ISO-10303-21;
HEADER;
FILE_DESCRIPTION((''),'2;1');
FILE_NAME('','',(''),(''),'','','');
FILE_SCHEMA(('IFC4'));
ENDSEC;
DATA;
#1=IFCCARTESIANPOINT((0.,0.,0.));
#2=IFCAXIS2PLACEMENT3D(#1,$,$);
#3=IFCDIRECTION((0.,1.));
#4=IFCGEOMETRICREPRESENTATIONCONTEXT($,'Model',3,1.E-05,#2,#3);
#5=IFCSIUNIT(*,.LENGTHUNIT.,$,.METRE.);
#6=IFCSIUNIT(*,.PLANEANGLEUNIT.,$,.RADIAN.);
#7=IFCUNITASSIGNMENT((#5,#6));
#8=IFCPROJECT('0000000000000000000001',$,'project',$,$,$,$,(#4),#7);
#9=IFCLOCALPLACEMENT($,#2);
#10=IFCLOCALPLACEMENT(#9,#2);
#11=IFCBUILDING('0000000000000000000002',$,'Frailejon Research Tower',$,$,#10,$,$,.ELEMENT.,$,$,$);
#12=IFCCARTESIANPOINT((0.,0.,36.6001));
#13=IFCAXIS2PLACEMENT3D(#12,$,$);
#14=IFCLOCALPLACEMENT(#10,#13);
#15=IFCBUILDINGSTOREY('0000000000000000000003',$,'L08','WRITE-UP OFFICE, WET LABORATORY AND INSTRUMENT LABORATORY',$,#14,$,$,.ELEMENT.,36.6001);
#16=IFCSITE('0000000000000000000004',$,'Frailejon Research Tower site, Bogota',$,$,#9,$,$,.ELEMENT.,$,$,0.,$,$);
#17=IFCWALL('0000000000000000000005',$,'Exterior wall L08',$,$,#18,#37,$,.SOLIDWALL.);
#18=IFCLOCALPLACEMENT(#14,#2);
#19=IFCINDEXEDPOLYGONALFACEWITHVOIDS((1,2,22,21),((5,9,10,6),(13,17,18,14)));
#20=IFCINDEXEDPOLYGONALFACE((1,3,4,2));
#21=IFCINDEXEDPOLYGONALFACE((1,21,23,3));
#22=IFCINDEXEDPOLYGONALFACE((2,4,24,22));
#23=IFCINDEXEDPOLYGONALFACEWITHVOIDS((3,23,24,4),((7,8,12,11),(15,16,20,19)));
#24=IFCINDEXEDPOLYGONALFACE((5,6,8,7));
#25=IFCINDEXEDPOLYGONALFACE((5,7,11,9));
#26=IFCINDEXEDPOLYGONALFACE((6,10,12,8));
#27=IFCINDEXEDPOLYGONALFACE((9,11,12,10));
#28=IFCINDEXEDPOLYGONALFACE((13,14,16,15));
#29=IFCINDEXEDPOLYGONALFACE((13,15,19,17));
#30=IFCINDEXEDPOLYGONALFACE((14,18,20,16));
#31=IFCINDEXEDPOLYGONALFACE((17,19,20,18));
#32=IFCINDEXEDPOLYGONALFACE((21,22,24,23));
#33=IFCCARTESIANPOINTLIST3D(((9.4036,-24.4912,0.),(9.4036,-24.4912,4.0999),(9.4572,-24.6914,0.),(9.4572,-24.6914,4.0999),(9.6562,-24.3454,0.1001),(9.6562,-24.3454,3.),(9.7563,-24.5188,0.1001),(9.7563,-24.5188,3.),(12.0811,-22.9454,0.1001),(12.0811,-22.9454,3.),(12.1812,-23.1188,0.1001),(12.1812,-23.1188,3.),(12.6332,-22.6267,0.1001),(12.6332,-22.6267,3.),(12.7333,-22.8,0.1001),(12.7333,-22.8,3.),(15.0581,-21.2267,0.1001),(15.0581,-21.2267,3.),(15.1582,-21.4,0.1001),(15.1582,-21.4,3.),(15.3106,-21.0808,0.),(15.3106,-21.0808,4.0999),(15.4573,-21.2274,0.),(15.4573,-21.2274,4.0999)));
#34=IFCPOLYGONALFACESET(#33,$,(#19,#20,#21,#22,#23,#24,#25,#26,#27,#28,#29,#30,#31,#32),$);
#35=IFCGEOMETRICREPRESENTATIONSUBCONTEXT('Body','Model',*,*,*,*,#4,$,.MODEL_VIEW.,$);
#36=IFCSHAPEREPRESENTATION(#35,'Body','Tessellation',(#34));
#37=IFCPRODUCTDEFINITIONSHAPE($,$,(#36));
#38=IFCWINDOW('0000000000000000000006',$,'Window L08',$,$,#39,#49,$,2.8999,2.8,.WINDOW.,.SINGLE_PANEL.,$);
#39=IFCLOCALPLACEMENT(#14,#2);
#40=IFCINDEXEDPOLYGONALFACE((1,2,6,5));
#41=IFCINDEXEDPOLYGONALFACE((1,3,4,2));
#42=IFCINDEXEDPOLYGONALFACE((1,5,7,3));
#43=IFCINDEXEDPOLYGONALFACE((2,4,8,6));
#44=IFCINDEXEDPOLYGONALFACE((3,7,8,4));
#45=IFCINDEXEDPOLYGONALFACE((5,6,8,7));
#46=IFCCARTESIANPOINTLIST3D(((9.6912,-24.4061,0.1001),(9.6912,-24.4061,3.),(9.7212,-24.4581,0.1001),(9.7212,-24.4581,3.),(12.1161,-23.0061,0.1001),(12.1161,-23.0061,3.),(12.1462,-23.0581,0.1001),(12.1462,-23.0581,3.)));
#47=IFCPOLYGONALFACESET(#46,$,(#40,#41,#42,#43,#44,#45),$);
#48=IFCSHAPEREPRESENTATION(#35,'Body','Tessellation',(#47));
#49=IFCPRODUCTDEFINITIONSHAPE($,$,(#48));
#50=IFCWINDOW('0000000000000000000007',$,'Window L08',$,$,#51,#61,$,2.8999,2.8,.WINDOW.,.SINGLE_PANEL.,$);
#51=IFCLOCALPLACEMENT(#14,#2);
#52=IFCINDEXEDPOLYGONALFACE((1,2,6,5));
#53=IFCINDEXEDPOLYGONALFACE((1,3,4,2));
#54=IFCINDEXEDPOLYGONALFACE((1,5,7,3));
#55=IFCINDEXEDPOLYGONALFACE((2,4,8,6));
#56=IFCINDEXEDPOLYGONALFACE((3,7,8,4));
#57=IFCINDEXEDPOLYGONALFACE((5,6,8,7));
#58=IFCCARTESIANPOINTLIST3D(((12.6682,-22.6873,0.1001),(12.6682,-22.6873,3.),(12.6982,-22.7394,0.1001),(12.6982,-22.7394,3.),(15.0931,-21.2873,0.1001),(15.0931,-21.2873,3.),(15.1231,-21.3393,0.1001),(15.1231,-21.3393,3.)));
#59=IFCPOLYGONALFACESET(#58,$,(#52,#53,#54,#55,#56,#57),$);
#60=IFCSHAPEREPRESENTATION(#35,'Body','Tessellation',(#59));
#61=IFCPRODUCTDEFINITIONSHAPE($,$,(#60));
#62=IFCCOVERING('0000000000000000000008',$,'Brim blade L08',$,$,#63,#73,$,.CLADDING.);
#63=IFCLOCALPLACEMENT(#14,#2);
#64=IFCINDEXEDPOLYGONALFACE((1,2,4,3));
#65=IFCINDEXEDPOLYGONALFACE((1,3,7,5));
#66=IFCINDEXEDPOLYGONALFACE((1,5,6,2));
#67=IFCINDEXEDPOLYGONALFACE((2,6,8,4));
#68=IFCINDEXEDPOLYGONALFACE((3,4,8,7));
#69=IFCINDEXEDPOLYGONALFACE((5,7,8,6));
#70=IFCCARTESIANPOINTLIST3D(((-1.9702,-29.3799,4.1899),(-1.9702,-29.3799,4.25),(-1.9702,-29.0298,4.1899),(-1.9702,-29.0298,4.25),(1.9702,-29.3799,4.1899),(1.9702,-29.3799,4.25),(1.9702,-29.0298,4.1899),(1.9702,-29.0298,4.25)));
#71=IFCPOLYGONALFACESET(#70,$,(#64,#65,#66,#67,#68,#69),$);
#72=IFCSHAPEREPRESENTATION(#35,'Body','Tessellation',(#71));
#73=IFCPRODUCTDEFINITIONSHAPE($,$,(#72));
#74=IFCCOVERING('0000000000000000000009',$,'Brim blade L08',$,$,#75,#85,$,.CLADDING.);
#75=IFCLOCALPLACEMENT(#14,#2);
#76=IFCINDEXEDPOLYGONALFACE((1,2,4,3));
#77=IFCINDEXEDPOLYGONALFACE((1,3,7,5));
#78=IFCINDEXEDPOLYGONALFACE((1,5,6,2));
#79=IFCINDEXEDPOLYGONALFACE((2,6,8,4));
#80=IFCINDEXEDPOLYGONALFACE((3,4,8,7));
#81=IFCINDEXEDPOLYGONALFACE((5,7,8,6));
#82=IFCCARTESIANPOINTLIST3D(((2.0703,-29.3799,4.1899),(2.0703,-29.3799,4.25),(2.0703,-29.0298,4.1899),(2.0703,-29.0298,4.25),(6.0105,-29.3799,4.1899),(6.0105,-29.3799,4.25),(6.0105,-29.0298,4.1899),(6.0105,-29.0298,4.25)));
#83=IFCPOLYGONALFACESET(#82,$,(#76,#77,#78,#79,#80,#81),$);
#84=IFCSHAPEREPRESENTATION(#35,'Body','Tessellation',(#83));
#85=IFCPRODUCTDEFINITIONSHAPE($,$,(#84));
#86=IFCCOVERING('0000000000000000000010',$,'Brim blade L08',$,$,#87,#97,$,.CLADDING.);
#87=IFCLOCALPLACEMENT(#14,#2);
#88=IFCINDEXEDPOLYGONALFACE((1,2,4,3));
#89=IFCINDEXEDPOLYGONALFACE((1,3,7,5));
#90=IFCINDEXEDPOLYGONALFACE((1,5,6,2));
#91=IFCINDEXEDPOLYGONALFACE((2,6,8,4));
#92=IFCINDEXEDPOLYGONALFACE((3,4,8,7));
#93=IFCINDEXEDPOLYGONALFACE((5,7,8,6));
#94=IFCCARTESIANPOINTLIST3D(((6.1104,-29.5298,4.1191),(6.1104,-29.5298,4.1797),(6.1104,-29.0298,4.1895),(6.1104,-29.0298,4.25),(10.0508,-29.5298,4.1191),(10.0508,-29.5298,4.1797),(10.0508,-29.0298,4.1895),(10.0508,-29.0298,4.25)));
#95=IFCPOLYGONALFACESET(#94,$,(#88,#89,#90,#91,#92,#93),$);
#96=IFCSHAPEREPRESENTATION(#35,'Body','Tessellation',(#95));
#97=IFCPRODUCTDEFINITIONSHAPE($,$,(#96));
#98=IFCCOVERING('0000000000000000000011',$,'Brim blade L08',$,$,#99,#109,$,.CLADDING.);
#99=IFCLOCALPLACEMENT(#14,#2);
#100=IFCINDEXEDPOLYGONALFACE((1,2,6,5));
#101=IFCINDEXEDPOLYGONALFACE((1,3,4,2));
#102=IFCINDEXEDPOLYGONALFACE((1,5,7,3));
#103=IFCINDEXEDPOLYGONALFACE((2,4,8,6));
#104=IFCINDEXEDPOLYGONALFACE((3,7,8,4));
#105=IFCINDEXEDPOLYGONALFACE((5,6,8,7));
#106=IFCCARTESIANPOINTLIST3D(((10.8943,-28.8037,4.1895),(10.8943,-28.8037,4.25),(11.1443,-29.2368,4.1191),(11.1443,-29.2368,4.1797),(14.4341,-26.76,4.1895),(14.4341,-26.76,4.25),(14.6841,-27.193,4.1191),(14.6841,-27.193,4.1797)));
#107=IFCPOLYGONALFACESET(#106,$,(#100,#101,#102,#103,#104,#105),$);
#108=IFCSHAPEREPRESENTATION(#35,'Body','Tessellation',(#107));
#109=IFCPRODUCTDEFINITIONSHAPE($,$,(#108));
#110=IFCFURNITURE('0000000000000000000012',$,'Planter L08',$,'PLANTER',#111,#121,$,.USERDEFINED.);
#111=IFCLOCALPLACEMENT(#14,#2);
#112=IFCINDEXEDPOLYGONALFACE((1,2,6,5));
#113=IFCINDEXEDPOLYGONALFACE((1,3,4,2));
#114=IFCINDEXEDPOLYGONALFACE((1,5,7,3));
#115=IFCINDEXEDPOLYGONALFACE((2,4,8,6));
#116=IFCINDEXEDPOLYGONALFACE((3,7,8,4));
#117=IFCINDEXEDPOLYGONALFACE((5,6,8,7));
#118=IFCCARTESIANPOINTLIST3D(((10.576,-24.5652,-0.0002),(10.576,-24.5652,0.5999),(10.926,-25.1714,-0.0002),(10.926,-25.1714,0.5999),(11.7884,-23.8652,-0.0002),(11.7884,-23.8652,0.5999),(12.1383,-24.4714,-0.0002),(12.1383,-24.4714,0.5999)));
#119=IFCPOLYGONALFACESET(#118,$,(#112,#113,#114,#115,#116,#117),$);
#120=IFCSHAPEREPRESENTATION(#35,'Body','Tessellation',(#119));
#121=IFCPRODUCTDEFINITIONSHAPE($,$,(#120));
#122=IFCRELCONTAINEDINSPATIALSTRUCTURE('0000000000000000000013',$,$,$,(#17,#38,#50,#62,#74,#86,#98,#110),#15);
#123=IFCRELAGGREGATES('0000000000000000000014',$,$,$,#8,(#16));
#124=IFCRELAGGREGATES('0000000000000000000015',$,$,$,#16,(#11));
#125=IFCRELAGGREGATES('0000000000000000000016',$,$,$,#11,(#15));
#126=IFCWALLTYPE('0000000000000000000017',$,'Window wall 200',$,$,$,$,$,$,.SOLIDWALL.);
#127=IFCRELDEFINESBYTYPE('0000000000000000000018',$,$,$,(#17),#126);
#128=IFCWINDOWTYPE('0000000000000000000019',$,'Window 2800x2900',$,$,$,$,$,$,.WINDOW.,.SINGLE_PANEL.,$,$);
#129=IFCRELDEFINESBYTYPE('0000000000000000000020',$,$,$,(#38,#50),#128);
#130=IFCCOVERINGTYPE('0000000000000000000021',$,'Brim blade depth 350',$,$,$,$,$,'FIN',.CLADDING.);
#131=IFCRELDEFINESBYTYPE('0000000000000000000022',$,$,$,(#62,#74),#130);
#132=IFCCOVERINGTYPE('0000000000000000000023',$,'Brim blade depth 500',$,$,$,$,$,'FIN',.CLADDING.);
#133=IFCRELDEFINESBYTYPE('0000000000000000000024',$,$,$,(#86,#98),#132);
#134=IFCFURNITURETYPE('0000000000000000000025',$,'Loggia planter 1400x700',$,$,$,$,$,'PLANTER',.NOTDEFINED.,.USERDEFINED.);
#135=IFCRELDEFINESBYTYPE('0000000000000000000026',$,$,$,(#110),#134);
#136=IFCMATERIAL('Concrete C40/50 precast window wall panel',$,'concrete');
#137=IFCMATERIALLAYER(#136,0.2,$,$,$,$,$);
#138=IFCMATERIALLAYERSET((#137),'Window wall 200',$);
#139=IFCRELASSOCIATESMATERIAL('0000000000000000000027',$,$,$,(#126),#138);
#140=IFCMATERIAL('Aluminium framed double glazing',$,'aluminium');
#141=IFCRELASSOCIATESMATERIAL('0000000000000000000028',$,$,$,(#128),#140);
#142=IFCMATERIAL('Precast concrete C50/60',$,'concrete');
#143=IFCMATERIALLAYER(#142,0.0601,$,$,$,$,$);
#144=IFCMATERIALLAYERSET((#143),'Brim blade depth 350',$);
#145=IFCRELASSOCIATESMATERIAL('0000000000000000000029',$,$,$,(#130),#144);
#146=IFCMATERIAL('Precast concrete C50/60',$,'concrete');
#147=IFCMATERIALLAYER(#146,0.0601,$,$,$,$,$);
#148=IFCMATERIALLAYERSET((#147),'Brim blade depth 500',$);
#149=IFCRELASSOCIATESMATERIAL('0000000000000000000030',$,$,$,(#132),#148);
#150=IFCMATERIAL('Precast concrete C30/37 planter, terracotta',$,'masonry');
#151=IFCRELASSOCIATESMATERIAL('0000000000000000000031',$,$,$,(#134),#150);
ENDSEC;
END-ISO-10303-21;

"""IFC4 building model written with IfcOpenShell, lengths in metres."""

from ifc_helpers import new_model, si_unit, direction, frame, frame_2d, origin, origin_2d, place, context, subcontext, project, spatial, polyline, rectangle, outline, extrude, material, layer, layer_set, type_object, element, fill, save


model = new_model("IFC4")

# Units and contexts
model_context = context("Model", 3, precision=1e-05, world=origin(), true_north=direction((0.0, 1.0)))
body_context = subcontext(model_context, "Body", "Model", "MODEL_VIEW")
ifc_project = project(units=[si_unit("LENGTHUNIT", "METRE"), si_unit("PLANEANGLEUNIT", "RADIAN")], contexts=[model_context])

# Site, building, storey
site_placement = place(None, origin())
site = spatial("IfcSite", under=ifc_project, at=site_placement, Name="Frailejon Research Tower site, Bogota", CompositionType="ELEMENT", RefElevation=0.0)
building_placement = place(site_placement, origin())
building = spatial("IfcBuilding", under=site, at=building_placement, Name="Frailejon Research Tower", CompositionType="ELEMENT")
storey_placement = place(building_placement, frame((0.0, 0.0, 36.6001)))
storey = spatial("IfcBuildingStorey", under=building, at=storey_placement, Name="L08", Description="WRITE-UP OFFICE, WET LABORATORY AND INSTRUMENT LABORATORY", CompositionType="ELEMENT", Elevation=36.6001)

# Wall, openings, windows
ifc_material_1 = material(Name="Concrete C40/50 precast window wall panel", Category="concrete")
ifc_layer_1 = layer(ifc_material_1, 0.2)
ifc_layer_set_1 = layer_set([ifc_layer_1], Name="Window wall 200")
wall_type_1 = type_object("IfcWallType", Name="Window wall 200", PredefinedType="SOLIDWALL", material=ifc_layer_set_1)
wall_1_placement = place(storey_placement, frame((9.4304, -24.5913, 0.0), z_axis=(0.0, 0.0, 1.0), x_axis=(0.866029, 0.499993, 0.0)))
wall_1 = element("IfcWall", 1, at=wall_1_placement, inside=storey, type_object=wall_type_1, Name="Exterior wall L08", PredefinedType="SOLIDWALL", context=body_context, shape_type="SweptSolid", body=[
    extrude(outline(polyline([(-0.0269, -0.1001), (1.1279, -0.1001), (2.2825, -0.1001), (3.4373, -0.1001), (4.592, -0.1001), (5.7466, -0.1001), (6.9014, -0.1001), (6.8477, 0.1001), (5.7109, 0.1001), (4.574, 0.1001), (3.4373, 0.1001), (2.3005, 0.1001), (1.1636, 0.1001), (0.0269, 0.1001), (-0.0269, -0.1001)])), origin(), (0.0, 0.0, 1.0), 4.0999),
])
opening_1_placement = place(wall_1_placement, frame((0.3186, 0.0, 0.1001)))
opening_1 = element("IfcOpeningElement", 2, at=opening_1_placement, cuts=wall_1, PredefinedType="OPENING", context=body_context, shape_type="SweptSolid", body=[
    extrude(rectangle(XDim=2.8, YDim=2.8999, at=frame_2d((1.3999, 1.45))), frame((0.0, 0.1099, 0.0), z_axis=(0.0, -1.0, 0.0), x_axis=(1.0, 0.0, 0.0)), (0.0, 0.0, 1.0), 0.22),
])
opening_2_placement = place(wall_1_placement, frame((3.7561, 0.0, 0.1001)))
opening_2 = element("IfcOpeningElement", 3, at=opening_2_placement, cuts=wall_1, PredefinedType="OPENING", context=body_context, shape_type="SweptSolid", body=[
    extrude(rectangle(XDim=2.8, YDim=2.8999, at=frame_2d((1.3999, 1.45))), frame((0.0, 0.1099, 0.0), z_axis=(0.0, -1.0, 0.0), x_axis=(1.0, 0.0, 0.0)), (0.0, 0.0, 1.0), 0.22),
])
ifc_material_2 = material(Name="Aluminium framed double glazing", Category="aluminium")
window_type = type_object("IfcWindowType", Name="Window 2800x2900", PartitioningType="SINGLE_PANEL", PredefinedType="WINDOW", material=ifc_material_2)
window_1_placement = place(opening_1_placement, origin())
window_1 = element("IfcWindow", 4, at=window_1_placement, inside=storey, type_object=window_type, Name="Window L08", OverallHeight=2.8999, OverallWidth=2.8, PartitioningType="SINGLE_PANEL", PredefinedType="WINDOW", context=body_context, shape_type="SweptSolid", body=[
    extrude(rectangle(XDim=2.8, YDim=2.8999, at=frame_2d((1.3999, 1.45))), frame((0.0, 0.03, 0.0), z_axis=(0.0, -1.0, 0.0), x_axis=(1.0, 0.0, 0.0)), (0.0, 0.0, 1.0), 0.0601),
])
fill(opening_1, window_1)
window_2_placement = place(opening_2_placement, origin())
window_2 = element("IfcWindow", 5, at=window_2_placement, inside=storey, type_object=window_type, Name="Window L08", OverallHeight=2.8999, OverallWidth=2.8, PartitioningType="SINGLE_PANEL", PredefinedType="WINDOW", context=body_context, shape_type="SweptSolid", body=[
    extrude(rectangle(XDim=2.8, YDim=2.8999, at=frame_2d((1.3999, 1.45))), frame((0.0, 0.03, 0.0), z_axis=(0.0, -1.0, 0.0), x_axis=(1.0, 0.0, 0.0)), (0.0, 0.0, 1.0), 0.0601),
])
fill(opening_2, window_2)

# Coverings
ifc_material_3 = material(Name="Precast concrete C50/60", Category="concrete")
ifc_layer_2 = layer(ifc_material_3, 0.0601)
ifc_layer_set_2 = layer_set([ifc_layer_2], Name="Brim blade depth 350")
covering_type_1 = type_object("IfcCoveringType", Name="Brim blade depth 350", ElementType="FIN", PredefinedType="CLADDING", material=ifc_layer_set_2)
covering_1_placement = place(storey_placement, frame((1.9702, -29.0298, 4.25), z_axis=(-1.0, 0.0, 0.0), x_axis=(0.0, -1.0, 0.0)))
element("IfcCovering", 6, at=covering_1_placement, inside=storey, type_object=covering_type_1, Name="Brim blade L08", PredefinedType="CLADDING", context=body_context, shape_type="SweptSolid", body=[
    extrude(outline(polyline([(0.0, -0.0601), (0.3501, -0.0601), (0.3501, 0.0), (0.0, 0.0), (0.0, -0.0601)])), origin(), (0.0, 0.0, 1.0), 3.9404),
])
covering_2_placement = place(storey_placement, frame((6.0105, -29.0298, 4.25), z_axis=(-1.0, 0.0, 0.0), x_axis=(0.0, -1.0, 0.0)))
element("IfcCovering", 7, at=covering_2_placement, inside=storey, type_object=covering_type_1, Name="Brim blade L08", PredefinedType="CLADDING", context=body_context, shape_type="SweptSolid", body=[
    extrude(outline(polyline([(0.0, -0.0601), (0.3501, -0.0601), (0.3501, 0.0), (0.0, 0.0), (0.0, -0.0601)])), origin(), (0.0, 0.0, 1.0), 3.9402),
])
ifc_material_4 = material(Name="Precast concrete C50/60", Category="concrete")
ifc_layer_3 = layer(ifc_material_4, 0.0601)
ifc_layer_set_3 = layer_set([ifc_layer_3], Name="Brim blade depth 500")
covering_type_2 = type_object("IfcCoveringType", Name="Brim blade depth 500", ElementType="FIN", PredefinedType="CLADDING", material=ifc_layer_set_3)
covering_3_placement = place(storey_placement, frame((10.0508, -29.0298, 4.25), z_axis=(-1.0, 0.0, 0.0), x_axis=(0.0, -1.0, 0.0)))
element("IfcCovering", 8, at=covering_3_placement, inside=storey, type_object=covering_type_2, Name="Brim blade L08", PredefinedType="CLADDING", context=body_context, shape_type="SweptSolid", body=[
    extrude(outline(polyline([(0.0, -0.0605), (0.5, -0.1309), (0.5, -0.0703), (0.0, 0.0), (0.0, -0.0605)])), origin(), (0.0, 0.0, 1.0), 3.9404),
])
covering_4_placement = place(storey_placement, frame((14.4341, -26.76, 4.25), z_axis=(-0.866021, -0.500007, 0.0), x_axis=(0.500007, -0.866021, 0.0)))
element("IfcCovering", 9, at=covering_4_placement, inside=storey, type_object=covering_type_2, Name="Brim blade L08", PredefinedType="CLADDING", context=body_context, shape_type="SweptSolid", body=[
    extrude(outline(polyline([(0.0, -0.0605), (0.5, -0.1309), (0.5, -0.0703), (0.0, 0.0), (0.0, -0.0605)])), origin(), (0.0, 0.0, 1.0), 4.0874),
])

# Furniture
ifc_material_5 = material(Name="Precast concrete C30/37 planter, terracotta", Category="masonry")
furniture_type = type_object("IfcFurnitureType", Name="Loggia planter 1400x700", ElementType="PLANTER", AssemblyPlace="NOTDEFINED", PredefinedType="USERDEFINED", material=ifc_material_5)
furniture_placement = place(storey_placement, frame((11.3572, -24.5183, -0.0002), z_axis=(0.0, 0.0, 1.0), x_axis=(0.866025, 0.5, 0.0)))
element("IfcFurniture", 10, at=furniture_placement, inside=storey, type_object=furniture_type, Name="Planter L08", ObjectType="PLANTER", PredefinedType="USERDEFINED", context=body_context, shape_type="SweptSolid", body=[
    extrude(rectangle(XDim=1.3999, YDim=0.7, at=origin_2d()), origin(), (0.0, 0.0, 1.0), 0.6001),
])

save(model, "model.ifc")
